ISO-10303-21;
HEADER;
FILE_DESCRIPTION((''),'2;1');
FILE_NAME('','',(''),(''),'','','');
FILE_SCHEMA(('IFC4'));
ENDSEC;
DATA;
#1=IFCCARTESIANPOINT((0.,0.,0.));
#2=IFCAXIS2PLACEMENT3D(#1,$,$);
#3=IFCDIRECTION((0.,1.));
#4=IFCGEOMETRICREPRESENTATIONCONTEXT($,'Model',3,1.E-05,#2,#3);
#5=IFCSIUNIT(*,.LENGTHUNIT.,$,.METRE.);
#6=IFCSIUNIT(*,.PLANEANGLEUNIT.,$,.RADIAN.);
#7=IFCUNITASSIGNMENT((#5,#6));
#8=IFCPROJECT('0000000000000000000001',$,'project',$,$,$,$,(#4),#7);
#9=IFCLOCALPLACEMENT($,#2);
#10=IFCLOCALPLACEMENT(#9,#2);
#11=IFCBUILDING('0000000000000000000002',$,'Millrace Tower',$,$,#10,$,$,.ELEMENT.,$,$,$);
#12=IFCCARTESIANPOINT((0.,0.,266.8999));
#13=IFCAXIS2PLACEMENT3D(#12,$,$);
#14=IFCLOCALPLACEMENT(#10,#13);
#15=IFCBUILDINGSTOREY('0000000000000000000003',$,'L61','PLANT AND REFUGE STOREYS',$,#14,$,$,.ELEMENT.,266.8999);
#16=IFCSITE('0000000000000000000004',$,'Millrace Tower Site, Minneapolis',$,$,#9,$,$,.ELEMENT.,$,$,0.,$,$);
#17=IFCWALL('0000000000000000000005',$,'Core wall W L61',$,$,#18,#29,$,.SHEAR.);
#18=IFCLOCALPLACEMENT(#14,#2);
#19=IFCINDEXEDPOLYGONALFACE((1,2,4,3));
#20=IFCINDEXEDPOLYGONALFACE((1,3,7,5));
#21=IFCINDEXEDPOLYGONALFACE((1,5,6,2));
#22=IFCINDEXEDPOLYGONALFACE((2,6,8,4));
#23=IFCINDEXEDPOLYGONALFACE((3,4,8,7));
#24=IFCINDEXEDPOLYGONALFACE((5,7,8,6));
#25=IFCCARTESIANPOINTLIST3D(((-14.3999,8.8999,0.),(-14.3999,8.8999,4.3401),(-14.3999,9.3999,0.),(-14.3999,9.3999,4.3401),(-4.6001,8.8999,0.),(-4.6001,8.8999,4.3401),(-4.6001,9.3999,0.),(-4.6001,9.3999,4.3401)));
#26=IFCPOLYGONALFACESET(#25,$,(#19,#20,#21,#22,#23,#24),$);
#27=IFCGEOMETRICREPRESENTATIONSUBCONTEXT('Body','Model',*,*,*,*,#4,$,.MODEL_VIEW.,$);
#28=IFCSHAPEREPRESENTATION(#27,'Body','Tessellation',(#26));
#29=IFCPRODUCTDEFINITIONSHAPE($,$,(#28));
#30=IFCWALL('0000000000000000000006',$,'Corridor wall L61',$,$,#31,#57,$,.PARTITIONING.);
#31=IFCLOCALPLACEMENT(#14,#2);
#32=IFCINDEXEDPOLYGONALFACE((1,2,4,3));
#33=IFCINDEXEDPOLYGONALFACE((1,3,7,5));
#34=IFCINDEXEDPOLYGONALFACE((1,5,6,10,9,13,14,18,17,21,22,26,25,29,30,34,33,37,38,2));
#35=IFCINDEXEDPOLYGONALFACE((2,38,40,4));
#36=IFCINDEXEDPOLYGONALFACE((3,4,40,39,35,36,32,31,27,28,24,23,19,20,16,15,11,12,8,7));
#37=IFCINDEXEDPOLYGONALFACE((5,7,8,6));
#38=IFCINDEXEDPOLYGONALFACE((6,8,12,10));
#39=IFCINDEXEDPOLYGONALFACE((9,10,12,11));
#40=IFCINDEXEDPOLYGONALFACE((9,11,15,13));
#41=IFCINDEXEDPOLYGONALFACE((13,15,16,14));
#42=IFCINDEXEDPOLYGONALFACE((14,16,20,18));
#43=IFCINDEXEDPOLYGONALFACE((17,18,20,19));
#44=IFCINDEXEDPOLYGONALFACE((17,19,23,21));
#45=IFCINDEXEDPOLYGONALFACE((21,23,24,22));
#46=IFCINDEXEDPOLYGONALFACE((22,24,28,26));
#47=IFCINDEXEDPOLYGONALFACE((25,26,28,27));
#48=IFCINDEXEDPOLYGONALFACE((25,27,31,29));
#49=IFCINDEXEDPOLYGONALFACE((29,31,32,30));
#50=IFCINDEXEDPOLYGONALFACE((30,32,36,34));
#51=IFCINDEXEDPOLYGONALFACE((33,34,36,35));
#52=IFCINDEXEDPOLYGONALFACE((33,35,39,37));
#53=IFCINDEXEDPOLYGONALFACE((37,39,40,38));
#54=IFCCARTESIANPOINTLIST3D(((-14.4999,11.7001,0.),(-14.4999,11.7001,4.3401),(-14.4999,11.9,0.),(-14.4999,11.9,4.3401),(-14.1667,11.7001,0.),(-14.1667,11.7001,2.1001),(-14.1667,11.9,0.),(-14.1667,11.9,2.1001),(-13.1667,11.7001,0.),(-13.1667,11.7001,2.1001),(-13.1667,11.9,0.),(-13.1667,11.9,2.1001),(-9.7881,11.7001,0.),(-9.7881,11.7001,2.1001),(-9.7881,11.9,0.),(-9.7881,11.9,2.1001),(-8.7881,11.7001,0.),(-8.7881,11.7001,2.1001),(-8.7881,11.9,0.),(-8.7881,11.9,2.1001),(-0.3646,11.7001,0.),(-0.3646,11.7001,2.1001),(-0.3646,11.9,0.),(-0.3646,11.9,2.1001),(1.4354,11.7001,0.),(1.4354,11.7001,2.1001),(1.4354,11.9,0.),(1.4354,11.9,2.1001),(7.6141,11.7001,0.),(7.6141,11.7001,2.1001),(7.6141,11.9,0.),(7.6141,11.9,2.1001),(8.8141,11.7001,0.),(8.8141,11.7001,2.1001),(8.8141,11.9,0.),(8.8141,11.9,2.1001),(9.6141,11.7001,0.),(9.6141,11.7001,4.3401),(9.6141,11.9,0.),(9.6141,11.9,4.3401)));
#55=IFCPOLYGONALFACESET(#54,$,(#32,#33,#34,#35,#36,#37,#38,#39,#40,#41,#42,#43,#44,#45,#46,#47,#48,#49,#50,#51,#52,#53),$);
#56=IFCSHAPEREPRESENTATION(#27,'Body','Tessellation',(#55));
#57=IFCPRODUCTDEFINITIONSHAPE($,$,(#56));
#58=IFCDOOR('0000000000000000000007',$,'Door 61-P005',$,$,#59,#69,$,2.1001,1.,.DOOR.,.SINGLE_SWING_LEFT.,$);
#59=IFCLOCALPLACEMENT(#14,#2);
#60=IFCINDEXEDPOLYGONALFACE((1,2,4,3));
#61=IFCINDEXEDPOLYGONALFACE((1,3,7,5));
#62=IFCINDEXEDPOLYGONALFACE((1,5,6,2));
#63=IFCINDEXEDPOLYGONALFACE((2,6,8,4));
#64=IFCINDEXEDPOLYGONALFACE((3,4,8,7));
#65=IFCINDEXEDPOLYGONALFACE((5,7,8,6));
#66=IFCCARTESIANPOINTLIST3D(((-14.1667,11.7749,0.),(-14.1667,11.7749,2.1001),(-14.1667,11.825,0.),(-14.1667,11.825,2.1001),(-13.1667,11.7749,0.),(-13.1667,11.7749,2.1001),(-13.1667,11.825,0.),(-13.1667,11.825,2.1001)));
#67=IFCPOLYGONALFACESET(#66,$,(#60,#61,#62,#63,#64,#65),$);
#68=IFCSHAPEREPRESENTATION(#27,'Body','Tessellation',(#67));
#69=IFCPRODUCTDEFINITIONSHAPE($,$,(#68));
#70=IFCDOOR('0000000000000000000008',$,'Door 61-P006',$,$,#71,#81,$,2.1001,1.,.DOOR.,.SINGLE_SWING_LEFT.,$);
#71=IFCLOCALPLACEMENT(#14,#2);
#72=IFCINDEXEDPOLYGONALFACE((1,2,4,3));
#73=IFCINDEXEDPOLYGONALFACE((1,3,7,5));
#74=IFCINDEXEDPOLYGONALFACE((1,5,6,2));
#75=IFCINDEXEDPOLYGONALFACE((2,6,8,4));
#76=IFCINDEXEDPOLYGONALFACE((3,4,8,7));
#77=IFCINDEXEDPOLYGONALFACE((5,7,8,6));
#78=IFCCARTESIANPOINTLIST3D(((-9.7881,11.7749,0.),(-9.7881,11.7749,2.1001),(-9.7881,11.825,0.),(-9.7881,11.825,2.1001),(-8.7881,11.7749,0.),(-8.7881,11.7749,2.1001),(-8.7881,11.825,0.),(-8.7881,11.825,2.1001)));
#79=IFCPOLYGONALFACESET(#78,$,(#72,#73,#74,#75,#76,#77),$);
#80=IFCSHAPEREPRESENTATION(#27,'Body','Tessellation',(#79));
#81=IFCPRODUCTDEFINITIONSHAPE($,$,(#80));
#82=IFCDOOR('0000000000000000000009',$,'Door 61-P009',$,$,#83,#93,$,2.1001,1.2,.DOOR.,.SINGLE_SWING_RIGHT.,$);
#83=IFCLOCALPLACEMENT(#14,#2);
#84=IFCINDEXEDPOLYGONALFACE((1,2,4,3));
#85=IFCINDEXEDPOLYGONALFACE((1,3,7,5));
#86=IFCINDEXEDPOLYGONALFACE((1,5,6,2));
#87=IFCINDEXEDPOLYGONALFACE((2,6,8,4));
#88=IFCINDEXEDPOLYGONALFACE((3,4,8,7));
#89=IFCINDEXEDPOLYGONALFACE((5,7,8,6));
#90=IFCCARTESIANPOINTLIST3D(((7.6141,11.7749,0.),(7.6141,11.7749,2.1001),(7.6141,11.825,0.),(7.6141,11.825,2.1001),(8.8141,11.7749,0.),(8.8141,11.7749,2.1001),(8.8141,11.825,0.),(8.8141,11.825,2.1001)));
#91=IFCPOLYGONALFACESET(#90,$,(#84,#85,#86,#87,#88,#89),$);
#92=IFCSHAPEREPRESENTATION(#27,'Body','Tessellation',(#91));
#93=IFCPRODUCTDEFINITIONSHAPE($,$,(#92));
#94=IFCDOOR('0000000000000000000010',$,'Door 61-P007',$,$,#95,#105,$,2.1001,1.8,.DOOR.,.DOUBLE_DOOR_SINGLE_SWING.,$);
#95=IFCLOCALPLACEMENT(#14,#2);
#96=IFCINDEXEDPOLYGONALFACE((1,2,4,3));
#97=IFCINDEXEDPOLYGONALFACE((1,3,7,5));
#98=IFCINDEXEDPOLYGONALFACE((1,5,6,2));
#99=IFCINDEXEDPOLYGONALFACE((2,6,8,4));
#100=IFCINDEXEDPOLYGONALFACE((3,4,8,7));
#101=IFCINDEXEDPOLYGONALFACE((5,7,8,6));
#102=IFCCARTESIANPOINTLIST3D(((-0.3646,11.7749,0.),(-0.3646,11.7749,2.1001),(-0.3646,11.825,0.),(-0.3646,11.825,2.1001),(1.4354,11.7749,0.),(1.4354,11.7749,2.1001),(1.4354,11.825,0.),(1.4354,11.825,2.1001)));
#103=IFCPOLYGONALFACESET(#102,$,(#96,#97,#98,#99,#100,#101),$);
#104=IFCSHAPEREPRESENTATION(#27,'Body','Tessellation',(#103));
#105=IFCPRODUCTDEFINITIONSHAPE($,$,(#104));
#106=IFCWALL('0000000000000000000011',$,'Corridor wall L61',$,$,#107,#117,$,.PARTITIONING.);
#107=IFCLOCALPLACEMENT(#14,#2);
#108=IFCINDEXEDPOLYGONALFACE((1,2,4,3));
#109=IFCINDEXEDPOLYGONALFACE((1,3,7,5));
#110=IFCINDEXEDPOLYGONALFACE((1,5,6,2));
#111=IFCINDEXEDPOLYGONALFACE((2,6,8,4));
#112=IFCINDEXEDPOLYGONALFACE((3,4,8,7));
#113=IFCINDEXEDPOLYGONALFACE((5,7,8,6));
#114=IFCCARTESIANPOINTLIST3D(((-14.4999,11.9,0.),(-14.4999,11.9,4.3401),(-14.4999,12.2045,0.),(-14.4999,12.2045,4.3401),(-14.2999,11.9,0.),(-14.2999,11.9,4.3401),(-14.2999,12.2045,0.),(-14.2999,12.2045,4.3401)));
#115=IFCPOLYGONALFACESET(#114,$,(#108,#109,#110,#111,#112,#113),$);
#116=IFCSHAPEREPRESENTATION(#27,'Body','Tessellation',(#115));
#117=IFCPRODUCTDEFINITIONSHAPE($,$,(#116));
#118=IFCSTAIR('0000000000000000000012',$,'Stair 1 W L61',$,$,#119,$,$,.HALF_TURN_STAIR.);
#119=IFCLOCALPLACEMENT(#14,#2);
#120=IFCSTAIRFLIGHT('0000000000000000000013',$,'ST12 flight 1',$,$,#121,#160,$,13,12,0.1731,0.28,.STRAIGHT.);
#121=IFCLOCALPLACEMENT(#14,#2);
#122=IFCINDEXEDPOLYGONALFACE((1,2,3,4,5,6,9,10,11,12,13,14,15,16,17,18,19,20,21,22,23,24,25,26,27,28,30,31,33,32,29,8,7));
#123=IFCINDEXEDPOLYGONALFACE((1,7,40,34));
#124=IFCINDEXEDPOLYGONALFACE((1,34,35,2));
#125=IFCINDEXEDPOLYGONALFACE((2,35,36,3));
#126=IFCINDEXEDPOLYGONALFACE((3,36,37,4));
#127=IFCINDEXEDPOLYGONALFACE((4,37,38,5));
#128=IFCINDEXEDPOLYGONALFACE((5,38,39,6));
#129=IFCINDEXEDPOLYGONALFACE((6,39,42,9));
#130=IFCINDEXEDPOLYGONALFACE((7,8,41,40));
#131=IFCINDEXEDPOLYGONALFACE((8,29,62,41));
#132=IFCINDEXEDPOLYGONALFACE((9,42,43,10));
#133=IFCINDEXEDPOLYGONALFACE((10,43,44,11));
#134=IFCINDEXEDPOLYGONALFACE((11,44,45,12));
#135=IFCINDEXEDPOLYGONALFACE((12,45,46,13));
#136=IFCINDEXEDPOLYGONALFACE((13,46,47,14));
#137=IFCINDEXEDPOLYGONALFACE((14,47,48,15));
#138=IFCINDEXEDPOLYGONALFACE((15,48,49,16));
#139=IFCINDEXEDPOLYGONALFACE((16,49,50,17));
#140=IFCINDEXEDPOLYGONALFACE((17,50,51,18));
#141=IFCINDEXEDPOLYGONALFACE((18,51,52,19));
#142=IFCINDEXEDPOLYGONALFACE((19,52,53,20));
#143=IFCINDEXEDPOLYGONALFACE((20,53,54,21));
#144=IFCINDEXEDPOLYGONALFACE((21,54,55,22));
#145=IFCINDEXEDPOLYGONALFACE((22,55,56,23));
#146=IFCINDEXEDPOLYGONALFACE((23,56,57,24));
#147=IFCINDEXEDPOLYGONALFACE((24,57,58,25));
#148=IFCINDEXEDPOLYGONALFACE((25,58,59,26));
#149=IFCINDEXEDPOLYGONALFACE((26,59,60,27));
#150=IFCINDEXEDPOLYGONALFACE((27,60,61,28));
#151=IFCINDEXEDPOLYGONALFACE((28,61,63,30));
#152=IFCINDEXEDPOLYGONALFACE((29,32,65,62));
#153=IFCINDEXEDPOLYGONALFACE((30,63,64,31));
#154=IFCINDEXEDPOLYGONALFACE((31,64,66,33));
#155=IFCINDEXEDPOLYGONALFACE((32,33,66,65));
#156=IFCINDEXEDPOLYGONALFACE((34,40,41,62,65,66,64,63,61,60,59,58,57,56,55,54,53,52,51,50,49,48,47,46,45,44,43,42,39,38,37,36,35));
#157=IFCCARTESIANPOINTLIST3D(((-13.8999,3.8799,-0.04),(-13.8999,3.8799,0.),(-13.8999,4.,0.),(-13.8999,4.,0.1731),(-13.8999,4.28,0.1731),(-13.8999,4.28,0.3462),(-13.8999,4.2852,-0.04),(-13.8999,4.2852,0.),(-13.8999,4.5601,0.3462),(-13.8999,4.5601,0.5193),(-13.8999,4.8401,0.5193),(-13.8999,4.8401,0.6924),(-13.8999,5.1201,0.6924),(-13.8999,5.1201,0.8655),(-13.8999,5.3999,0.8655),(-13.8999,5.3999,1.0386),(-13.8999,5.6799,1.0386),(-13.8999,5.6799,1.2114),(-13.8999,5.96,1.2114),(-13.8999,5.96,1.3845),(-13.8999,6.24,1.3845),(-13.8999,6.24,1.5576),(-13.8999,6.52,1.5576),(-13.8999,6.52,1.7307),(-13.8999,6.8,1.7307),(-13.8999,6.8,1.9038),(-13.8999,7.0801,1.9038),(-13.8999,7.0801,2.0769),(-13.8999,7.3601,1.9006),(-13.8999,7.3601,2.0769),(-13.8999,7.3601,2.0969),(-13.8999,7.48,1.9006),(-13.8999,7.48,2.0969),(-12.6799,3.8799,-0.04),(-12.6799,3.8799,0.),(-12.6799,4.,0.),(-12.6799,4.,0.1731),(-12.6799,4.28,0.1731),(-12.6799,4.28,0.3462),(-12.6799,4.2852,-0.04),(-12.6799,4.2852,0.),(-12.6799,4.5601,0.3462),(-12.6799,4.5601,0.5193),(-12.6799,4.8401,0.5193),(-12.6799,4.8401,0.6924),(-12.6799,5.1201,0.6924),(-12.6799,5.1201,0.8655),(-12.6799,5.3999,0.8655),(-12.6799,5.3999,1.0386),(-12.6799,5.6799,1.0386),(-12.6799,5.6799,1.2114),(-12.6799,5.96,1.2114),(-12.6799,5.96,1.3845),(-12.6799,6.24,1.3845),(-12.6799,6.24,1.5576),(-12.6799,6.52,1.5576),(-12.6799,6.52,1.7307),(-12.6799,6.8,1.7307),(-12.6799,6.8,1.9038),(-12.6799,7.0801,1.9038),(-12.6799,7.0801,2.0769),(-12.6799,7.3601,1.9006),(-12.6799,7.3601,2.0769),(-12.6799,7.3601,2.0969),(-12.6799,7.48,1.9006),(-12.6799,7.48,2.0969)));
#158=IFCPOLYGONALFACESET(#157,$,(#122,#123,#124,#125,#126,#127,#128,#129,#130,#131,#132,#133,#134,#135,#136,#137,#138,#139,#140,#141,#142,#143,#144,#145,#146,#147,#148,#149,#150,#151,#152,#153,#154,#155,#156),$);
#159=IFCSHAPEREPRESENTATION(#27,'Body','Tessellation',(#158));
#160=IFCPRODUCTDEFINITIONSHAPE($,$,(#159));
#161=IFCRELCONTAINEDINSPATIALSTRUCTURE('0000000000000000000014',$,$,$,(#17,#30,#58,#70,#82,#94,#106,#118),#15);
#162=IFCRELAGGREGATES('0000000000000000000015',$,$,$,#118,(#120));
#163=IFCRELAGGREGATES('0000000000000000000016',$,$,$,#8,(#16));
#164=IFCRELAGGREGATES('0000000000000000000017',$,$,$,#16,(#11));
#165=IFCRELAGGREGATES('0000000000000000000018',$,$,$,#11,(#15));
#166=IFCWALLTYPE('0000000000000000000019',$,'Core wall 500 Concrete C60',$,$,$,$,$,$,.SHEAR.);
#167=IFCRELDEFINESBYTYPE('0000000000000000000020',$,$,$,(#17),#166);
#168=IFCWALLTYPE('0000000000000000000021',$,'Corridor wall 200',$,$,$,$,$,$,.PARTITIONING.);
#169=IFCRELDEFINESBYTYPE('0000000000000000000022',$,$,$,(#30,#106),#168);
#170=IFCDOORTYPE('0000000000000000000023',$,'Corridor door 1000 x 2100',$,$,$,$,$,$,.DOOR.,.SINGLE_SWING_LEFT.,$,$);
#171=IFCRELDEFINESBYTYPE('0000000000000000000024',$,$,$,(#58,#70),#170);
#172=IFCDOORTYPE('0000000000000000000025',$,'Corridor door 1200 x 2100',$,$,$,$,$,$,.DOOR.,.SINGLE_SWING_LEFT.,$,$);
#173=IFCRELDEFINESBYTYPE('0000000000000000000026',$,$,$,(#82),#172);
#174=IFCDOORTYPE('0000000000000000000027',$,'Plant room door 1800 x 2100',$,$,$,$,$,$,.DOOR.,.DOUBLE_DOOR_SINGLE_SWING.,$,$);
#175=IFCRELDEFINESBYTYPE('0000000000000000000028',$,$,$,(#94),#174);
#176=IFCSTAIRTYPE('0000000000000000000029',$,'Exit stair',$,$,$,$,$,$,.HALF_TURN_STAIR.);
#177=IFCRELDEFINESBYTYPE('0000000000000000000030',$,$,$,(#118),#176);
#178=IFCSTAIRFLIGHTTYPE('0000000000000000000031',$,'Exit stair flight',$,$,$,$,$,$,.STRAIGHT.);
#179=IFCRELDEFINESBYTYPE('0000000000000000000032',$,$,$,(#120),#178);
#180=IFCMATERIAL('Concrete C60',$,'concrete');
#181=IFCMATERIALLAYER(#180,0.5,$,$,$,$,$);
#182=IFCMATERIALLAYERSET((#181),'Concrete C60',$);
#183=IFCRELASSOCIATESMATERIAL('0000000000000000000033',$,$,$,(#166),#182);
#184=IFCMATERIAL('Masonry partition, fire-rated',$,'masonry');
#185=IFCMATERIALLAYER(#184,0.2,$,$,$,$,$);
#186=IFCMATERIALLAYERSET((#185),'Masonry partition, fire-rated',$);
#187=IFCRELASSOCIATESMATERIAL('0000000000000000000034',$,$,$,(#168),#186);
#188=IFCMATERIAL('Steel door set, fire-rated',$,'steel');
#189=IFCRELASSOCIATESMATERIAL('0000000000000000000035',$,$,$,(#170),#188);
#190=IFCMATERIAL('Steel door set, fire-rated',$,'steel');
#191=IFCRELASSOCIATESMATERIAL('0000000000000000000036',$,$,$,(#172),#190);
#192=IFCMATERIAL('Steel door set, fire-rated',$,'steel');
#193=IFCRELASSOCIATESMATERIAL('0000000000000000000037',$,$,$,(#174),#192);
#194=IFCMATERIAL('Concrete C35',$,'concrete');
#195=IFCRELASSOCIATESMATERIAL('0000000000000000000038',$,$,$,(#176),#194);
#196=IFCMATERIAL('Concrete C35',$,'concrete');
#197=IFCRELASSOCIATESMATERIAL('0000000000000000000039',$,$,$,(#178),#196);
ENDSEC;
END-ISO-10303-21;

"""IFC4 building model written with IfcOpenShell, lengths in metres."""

from ifc_helpers import new_model, si_unit, direction, frame, frame_2d, origin, place, context, subcontext, project, spatial, polyline, rectangle, outline, extrude, material, layer, layer_set, type_object, element, fill, aggregate, save


model = new_model("IFC4")

# Units and contexts
model_context = context("Model", 3, precision=1e-05, world=origin(), true_north=direction((0.0, 1.0)))
body_context = subcontext(model_context, "Body", "Model", "MODEL_VIEW")
ifc_project = project(units=[si_unit("LENGTHUNIT", "METRE"), si_unit("PLANEANGLEUNIT", "RADIAN")], contexts=[model_context])

# Site, building, storey
site_placement = place(None, origin())
site = spatial("IfcSite", under=ifc_project, at=site_placement, Name="Millrace Tower Site, Minneapolis", CompositionType="ELEMENT", RefElevation=0.0)
building_placement = place(site_placement, origin())
building = spatial("IfcBuilding", under=site, at=building_placement, Name="Millrace Tower", CompositionType="ELEMENT")
storey_placement = place(building_placement, frame((0.0, 0.0, 266.8999)))
storey = spatial("IfcBuildingStorey", under=building, at=storey_placement, Name="L61", Description="PLANT AND REFUGE STOREYS", CompositionType="ELEMENT", Elevation=266.8999)

# Wall
ifc_material_1 = material(Name="Concrete C60", Category="concrete")
ifc_layer_1 = layer(ifc_material_1, 0.5)
ifc_layer_set_1 = layer_set([ifc_layer_1], Name="Concrete C60")
wall_type_1 = type_object("IfcWallType", Name="Core wall 500 Concrete C60", PredefinedType="SHEAR", material=ifc_layer_set_1)
wall_1_placement = place(storey_placement, frame((-14.3999, 9.1499, 0.0), z_axis=(0.0, 0.0, 1.0), x_axis=(1.0, 0.0, 0.0)))
element("IfcWall", 1, at=wall_1_placement, inside=storey, type_object=wall_type_1, Name="Core wall W L61", PredefinedType="SHEAR", context=body_context, shape_type="SweptSolid", body=[
    extrude(rectangle(XDim=9.7998, YDim=0.5, at=frame_2d((4.8999, 0.0))), origin(), (0.0, 0.0, 1.0), 4.3401),
])

# Wall, openings, doors
ifc_material_2 = material(Name="Masonry partition, fire-rated", Category="masonry")
ifc_layer_2 = layer(ifc_material_2, 0.2)
ifc_layer_set_2 = layer_set([ifc_layer_2], Name="Masonry partition, fire-rated")
wall_type_2 = type_object("IfcWallType", Name="Corridor wall 200", PredefinedType="PARTITIONING", material=ifc_layer_set_2)
wall_2_placement = place(storey_placement, frame((-14.5, 11.8, 0.0), z_axis=(0.0, 0.0, 1.0), x_axis=(1.0, 0.0, 0.0)))
wall_2 = element("IfcWall", 2, at=wall_2_placement, inside=storey, type_object=wall_type_2, Name="Corridor wall L61", PredefinedType="PARTITIONING", context=body_context, shape_type="SweptSolid", body=[
    extrude(rectangle(XDim=24.114, YDim=0.2, at=frame_2d((12.0571, 0.0))), origin(), (0.0, 0.0, 1.0), 4.3401),
])
opening_1_placement = place(wall_2_placement, frame((0.3333, 0.0, 0.0)))
opening_1 = element("IfcOpeningElement", 3, at=opening_1_placement, cuts=wall_2, PredefinedType="OPENING", context=body_context, shape_type="SweptSolid", body=[
    extrude(rectangle(XDim=1.0, YDim=2.1001, at=frame_2d((0.5, 1.05))), frame((0.0, 0.1099, 0.0), z_axis=(0.0, -1.0, 0.0), x_axis=(1.0, 0.0, 0.0)), (0.0, 0.0, 1.0), 0.22),
])
opening_2_placement = place(wall_2_placement, frame((4.7119, 0.0, 0.0)))
opening_2 = element("IfcOpeningElement", 4, at=opening_2_placement, cuts=wall_2, PredefinedType="OPENING", context=body_context, shape_type="SweptSolid", body=[
    extrude(rectangle(XDim=1.0, YDim=2.1001, at=frame_2d((0.5, 1.05))), frame((0.0, 0.1099, 0.0), z_axis=(0.0, -1.0, 0.0), x_axis=(1.0, 0.0, 0.0)), (0.0, 0.0, 1.0), 0.22),
])
opening_3_placement = place(wall_2_placement, frame((14.1355, 0.0, 0.0)))
opening_3 = element("IfcOpeningElement", 5, at=opening_3_placement, cuts=wall_2, PredefinedType="OPENING", context=body_context, shape_type="SweptSolid", body=[
    extrude(rectangle(XDim=1.8, YDim=2.1001, at=frame_2d((0.8999, 1.05))), frame((0.0, 0.1099, 0.0), z_axis=(0.0, -1.0, 0.0), x_axis=(1.0, 0.0, 0.0)), (0.0, 0.0, 1.0), 0.22),
])
opening_4_placement = place(wall_2_placement, frame((22.114, 0.0, 0.0)))
opening_4 = element("IfcOpeningElement", 6, at=opening_4_placement, cuts=wall_2, PredefinedType="OPENING", context=body_context, shape_type="SweptSolid", body=[
    extrude(rectangle(XDim=1.2, YDim=2.1001, at=frame_2d((0.6001, 1.05))), frame((0.0, 0.1099, 0.0), z_axis=(0.0, -1.0, 0.0), x_axis=(1.0, 0.0, 0.0)), (0.0, 0.0, 1.0), 0.22),
])
ifc_material_3 = material(Name="Steel door set, fire-rated", Category="steel")
door_type_1 = type_object("IfcDoorType", Name="Corridor door 1000 x 2100", OperationType="SINGLE_SWING_LEFT", PredefinedType="DOOR", material=ifc_material_3)
door_1_placement = place(opening_1_placement, origin())
door_1 = element("IfcDoor", 7, at=door_1_placement, inside=storey, type_object=door_type_1, Name="Door 61-P005", OperationType="SINGLE_SWING_LEFT", OverallHeight=2.1001, OverallWidth=1.0, PredefinedType="DOOR", context=body_context, shape_type="SweptSolid", body=[
    extrude(rectangle(XDim=1.0, YDim=2.1001, at=frame_2d((0.5, 1.05))), frame((0.0, 0.0249, 0.0), z_axis=(0.0, -1.0, 0.0), x_axis=(1.0, 0.0, 0.0)), (0.0, 0.0, 1.0), 0.05),
])
fill(opening_1, door_1)
door_2_placement = place(opening_2_placement, origin())
door_2 = element("IfcDoor", 8, at=door_2_placement, inside=storey, type_object=door_type_1, Name="Door 61-P006", OperationType="SINGLE_SWING_LEFT", OverallHeight=2.1001, OverallWidth=1.0, PredefinedType="DOOR", context=body_context, shape_type="SweptSolid", body=[
    extrude(rectangle(XDim=1.0, YDim=2.1001, at=frame_2d((0.5, 1.05))), frame((0.0, 0.0249, 0.0), z_axis=(0.0, -1.0, 0.0), x_axis=(1.0, 0.0, 0.0)), (0.0, 0.0, 1.0), 0.05),
])
fill(opening_2, door_2)
ifc_material_4 = material(Name="Steel door set, fire-rated", Category="steel")
door_type_2 = type_object("IfcDoorType", Name="Corridor door 1200 x 2100", OperationType="SINGLE_SWING_LEFT", PredefinedType="DOOR", material=ifc_material_4)
door_3_placement = place(opening_4_placement, origin())
door_3 = element("IfcDoor", 9, at=door_3_placement, inside=storey, type_object=door_type_2, Name="Door 61-P009", OperationType="SINGLE_SWING_RIGHT", OverallHeight=2.1001, OverallWidth=1.2, PredefinedType="DOOR", context=body_context, shape_type="SweptSolid", body=[
    extrude(rectangle(XDim=1.2, YDim=2.1001, at=frame_2d((0.6001, 1.05))), frame((0.0, 0.0249, 0.0), z_axis=(0.0, -1.0, 0.0), x_axis=(1.0, 0.0, 0.0)), (0.0, 0.0, 1.0), 0.05),
])
fill(opening_4, door_3)
ifc_material_5 = material(Name="Steel door set, fire-rated", Category="steel")
door_type_3 = type_object("IfcDoorType", Name="Plant room door 1800 x 2100", OperationType="DOUBLE_DOOR_SINGLE_SWING", PredefinedType="DOOR", material=ifc_material_5)
door_4_placement = place(opening_3_placement, origin())
door_4 = element("IfcDoor", 10, at=door_4_placement, inside=storey, type_object=door_type_3, Name="Door 61-P007", OperationType="DOUBLE_DOOR_SINGLE_SWING", OverallHeight=2.1001, OverallWidth=1.8, PredefinedType="DOOR", context=body_context, shape_type="SweptSolid", body=[
    extrude(rectangle(XDim=1.8, YDim=2.1001, at=frame_2d((0.8999, 1.05))), frame((0.0, 0.0249, 0.0), z_axis=(0.0, -1.0, 0.0), x_axis=(1.0, 0.0, 0.0)), (0.0, 0.0, 1.0), 0.05),
])
fill(opening_3, door_4)

# Wall
wall_3_placement = place(storey_placement, frame((-14.3999, 11.8999, 0.0), z_axis=(0.0, 0.0, 1.0), x_axis=(0.0, 1.0, 0.0)))
element("IfcWall", 11, at=wall_3_placement, inside=storey, type_object=wall_type_2, Name="Corridor wall L61", PredefinedType="PARTITIONING", context=body_context, shape_type="SweptSolid", body=[
    extrude(rectangle(XDim=0.3044, YDim=0.2, at=frame_2d((0.1523, 0.0))), origin(), (0.0, 0.0, 1.0), 4.3401),
])

# Stair, stair flight
ifc_material_6 = material(Name="Concrete C35", Category="concrete")
stair_type = type_object("IfcStairType", Name="Exit stair", PredefinedType="HALF_TURN_STAIR", material=ifc_material_6)
stair_placement = place(storey_placement, origin())
stair = element("IfcStair", 12, at=stair_placement, inside=storey, type_object=stair_type, Name="Stair 1 W L61", PredefinedType="HALF_TURN_STAIR")
ifc_material_7 = material(Name="Concrete C35", Category="concrete")
stair_flight_type = type_object("IfcStairFlightType", Name="Exit stair flight", PredefinedType="STRAIGHT", material=ifc_material_7)
stair_flight_placement = place(storey_placement, frame((-13.29, 4.0, 0.0), z_axis=(0.0, 0.0, 1.0), x_axis=(0.0, 1.0, 0.0)))
stair_flight = element("IfcStairFlight", 13, at=stair_flight_placement, type_object=stair_flight_type, Name="ST12 flight 1", NumberOfRisers=13, NumberOfTreads=12, PredefinedType="STRAIGHT", RiserHeight=0.1731, TreadLength=0.28, context=body_context, shape_type="SweptSolid", body=[
    extrude(outline(polyline([(-0.1201, -0.04), (-0.1201, 0.0), (0.0, 0.0), (0.0, 0.1731), (0.28, 0.1731), (0.28, 0.3462), (0.5601, 0.3462), (0.5601, 0.5193), (0.8401, 0.5193), (0.8401, 0.6924), (1.1201, 0.6924), (1.1201, 0.8655), (1.3999, 0.8655), (1.3999, 1.0386), (1.6799, 1.0386), (1.6799, 1.2114), (1.96, 1.2114), (1.96, 1.3845), (2.24, 1.3845), (2.24, 1.5576), (2.52, 1.5576), (2.52, 1.7307), (2.8, 1.7307), (2.8, 1.9038), (3.0801, 1.9038), (3.0801, 2.0769), (3.3601, 2.0769), (3.3601, 2.0969), (3.48, 2.0969), (3.48, 1.9006), (3.3601, 1.9006), (0.2852, 0.0), (0.2852, -0.04), (-0.1201, -0.04)])), frame((0.0, 0.6099, 0.0), z_axis=(0.0, -1.0, 0.0), x_axis=(1.0, 0.0, 0.0)), (0.0, 0.0, 1.0), 1.22),
])
aggregate(stair, [stair_flight])

save(model, "model.ifc")
